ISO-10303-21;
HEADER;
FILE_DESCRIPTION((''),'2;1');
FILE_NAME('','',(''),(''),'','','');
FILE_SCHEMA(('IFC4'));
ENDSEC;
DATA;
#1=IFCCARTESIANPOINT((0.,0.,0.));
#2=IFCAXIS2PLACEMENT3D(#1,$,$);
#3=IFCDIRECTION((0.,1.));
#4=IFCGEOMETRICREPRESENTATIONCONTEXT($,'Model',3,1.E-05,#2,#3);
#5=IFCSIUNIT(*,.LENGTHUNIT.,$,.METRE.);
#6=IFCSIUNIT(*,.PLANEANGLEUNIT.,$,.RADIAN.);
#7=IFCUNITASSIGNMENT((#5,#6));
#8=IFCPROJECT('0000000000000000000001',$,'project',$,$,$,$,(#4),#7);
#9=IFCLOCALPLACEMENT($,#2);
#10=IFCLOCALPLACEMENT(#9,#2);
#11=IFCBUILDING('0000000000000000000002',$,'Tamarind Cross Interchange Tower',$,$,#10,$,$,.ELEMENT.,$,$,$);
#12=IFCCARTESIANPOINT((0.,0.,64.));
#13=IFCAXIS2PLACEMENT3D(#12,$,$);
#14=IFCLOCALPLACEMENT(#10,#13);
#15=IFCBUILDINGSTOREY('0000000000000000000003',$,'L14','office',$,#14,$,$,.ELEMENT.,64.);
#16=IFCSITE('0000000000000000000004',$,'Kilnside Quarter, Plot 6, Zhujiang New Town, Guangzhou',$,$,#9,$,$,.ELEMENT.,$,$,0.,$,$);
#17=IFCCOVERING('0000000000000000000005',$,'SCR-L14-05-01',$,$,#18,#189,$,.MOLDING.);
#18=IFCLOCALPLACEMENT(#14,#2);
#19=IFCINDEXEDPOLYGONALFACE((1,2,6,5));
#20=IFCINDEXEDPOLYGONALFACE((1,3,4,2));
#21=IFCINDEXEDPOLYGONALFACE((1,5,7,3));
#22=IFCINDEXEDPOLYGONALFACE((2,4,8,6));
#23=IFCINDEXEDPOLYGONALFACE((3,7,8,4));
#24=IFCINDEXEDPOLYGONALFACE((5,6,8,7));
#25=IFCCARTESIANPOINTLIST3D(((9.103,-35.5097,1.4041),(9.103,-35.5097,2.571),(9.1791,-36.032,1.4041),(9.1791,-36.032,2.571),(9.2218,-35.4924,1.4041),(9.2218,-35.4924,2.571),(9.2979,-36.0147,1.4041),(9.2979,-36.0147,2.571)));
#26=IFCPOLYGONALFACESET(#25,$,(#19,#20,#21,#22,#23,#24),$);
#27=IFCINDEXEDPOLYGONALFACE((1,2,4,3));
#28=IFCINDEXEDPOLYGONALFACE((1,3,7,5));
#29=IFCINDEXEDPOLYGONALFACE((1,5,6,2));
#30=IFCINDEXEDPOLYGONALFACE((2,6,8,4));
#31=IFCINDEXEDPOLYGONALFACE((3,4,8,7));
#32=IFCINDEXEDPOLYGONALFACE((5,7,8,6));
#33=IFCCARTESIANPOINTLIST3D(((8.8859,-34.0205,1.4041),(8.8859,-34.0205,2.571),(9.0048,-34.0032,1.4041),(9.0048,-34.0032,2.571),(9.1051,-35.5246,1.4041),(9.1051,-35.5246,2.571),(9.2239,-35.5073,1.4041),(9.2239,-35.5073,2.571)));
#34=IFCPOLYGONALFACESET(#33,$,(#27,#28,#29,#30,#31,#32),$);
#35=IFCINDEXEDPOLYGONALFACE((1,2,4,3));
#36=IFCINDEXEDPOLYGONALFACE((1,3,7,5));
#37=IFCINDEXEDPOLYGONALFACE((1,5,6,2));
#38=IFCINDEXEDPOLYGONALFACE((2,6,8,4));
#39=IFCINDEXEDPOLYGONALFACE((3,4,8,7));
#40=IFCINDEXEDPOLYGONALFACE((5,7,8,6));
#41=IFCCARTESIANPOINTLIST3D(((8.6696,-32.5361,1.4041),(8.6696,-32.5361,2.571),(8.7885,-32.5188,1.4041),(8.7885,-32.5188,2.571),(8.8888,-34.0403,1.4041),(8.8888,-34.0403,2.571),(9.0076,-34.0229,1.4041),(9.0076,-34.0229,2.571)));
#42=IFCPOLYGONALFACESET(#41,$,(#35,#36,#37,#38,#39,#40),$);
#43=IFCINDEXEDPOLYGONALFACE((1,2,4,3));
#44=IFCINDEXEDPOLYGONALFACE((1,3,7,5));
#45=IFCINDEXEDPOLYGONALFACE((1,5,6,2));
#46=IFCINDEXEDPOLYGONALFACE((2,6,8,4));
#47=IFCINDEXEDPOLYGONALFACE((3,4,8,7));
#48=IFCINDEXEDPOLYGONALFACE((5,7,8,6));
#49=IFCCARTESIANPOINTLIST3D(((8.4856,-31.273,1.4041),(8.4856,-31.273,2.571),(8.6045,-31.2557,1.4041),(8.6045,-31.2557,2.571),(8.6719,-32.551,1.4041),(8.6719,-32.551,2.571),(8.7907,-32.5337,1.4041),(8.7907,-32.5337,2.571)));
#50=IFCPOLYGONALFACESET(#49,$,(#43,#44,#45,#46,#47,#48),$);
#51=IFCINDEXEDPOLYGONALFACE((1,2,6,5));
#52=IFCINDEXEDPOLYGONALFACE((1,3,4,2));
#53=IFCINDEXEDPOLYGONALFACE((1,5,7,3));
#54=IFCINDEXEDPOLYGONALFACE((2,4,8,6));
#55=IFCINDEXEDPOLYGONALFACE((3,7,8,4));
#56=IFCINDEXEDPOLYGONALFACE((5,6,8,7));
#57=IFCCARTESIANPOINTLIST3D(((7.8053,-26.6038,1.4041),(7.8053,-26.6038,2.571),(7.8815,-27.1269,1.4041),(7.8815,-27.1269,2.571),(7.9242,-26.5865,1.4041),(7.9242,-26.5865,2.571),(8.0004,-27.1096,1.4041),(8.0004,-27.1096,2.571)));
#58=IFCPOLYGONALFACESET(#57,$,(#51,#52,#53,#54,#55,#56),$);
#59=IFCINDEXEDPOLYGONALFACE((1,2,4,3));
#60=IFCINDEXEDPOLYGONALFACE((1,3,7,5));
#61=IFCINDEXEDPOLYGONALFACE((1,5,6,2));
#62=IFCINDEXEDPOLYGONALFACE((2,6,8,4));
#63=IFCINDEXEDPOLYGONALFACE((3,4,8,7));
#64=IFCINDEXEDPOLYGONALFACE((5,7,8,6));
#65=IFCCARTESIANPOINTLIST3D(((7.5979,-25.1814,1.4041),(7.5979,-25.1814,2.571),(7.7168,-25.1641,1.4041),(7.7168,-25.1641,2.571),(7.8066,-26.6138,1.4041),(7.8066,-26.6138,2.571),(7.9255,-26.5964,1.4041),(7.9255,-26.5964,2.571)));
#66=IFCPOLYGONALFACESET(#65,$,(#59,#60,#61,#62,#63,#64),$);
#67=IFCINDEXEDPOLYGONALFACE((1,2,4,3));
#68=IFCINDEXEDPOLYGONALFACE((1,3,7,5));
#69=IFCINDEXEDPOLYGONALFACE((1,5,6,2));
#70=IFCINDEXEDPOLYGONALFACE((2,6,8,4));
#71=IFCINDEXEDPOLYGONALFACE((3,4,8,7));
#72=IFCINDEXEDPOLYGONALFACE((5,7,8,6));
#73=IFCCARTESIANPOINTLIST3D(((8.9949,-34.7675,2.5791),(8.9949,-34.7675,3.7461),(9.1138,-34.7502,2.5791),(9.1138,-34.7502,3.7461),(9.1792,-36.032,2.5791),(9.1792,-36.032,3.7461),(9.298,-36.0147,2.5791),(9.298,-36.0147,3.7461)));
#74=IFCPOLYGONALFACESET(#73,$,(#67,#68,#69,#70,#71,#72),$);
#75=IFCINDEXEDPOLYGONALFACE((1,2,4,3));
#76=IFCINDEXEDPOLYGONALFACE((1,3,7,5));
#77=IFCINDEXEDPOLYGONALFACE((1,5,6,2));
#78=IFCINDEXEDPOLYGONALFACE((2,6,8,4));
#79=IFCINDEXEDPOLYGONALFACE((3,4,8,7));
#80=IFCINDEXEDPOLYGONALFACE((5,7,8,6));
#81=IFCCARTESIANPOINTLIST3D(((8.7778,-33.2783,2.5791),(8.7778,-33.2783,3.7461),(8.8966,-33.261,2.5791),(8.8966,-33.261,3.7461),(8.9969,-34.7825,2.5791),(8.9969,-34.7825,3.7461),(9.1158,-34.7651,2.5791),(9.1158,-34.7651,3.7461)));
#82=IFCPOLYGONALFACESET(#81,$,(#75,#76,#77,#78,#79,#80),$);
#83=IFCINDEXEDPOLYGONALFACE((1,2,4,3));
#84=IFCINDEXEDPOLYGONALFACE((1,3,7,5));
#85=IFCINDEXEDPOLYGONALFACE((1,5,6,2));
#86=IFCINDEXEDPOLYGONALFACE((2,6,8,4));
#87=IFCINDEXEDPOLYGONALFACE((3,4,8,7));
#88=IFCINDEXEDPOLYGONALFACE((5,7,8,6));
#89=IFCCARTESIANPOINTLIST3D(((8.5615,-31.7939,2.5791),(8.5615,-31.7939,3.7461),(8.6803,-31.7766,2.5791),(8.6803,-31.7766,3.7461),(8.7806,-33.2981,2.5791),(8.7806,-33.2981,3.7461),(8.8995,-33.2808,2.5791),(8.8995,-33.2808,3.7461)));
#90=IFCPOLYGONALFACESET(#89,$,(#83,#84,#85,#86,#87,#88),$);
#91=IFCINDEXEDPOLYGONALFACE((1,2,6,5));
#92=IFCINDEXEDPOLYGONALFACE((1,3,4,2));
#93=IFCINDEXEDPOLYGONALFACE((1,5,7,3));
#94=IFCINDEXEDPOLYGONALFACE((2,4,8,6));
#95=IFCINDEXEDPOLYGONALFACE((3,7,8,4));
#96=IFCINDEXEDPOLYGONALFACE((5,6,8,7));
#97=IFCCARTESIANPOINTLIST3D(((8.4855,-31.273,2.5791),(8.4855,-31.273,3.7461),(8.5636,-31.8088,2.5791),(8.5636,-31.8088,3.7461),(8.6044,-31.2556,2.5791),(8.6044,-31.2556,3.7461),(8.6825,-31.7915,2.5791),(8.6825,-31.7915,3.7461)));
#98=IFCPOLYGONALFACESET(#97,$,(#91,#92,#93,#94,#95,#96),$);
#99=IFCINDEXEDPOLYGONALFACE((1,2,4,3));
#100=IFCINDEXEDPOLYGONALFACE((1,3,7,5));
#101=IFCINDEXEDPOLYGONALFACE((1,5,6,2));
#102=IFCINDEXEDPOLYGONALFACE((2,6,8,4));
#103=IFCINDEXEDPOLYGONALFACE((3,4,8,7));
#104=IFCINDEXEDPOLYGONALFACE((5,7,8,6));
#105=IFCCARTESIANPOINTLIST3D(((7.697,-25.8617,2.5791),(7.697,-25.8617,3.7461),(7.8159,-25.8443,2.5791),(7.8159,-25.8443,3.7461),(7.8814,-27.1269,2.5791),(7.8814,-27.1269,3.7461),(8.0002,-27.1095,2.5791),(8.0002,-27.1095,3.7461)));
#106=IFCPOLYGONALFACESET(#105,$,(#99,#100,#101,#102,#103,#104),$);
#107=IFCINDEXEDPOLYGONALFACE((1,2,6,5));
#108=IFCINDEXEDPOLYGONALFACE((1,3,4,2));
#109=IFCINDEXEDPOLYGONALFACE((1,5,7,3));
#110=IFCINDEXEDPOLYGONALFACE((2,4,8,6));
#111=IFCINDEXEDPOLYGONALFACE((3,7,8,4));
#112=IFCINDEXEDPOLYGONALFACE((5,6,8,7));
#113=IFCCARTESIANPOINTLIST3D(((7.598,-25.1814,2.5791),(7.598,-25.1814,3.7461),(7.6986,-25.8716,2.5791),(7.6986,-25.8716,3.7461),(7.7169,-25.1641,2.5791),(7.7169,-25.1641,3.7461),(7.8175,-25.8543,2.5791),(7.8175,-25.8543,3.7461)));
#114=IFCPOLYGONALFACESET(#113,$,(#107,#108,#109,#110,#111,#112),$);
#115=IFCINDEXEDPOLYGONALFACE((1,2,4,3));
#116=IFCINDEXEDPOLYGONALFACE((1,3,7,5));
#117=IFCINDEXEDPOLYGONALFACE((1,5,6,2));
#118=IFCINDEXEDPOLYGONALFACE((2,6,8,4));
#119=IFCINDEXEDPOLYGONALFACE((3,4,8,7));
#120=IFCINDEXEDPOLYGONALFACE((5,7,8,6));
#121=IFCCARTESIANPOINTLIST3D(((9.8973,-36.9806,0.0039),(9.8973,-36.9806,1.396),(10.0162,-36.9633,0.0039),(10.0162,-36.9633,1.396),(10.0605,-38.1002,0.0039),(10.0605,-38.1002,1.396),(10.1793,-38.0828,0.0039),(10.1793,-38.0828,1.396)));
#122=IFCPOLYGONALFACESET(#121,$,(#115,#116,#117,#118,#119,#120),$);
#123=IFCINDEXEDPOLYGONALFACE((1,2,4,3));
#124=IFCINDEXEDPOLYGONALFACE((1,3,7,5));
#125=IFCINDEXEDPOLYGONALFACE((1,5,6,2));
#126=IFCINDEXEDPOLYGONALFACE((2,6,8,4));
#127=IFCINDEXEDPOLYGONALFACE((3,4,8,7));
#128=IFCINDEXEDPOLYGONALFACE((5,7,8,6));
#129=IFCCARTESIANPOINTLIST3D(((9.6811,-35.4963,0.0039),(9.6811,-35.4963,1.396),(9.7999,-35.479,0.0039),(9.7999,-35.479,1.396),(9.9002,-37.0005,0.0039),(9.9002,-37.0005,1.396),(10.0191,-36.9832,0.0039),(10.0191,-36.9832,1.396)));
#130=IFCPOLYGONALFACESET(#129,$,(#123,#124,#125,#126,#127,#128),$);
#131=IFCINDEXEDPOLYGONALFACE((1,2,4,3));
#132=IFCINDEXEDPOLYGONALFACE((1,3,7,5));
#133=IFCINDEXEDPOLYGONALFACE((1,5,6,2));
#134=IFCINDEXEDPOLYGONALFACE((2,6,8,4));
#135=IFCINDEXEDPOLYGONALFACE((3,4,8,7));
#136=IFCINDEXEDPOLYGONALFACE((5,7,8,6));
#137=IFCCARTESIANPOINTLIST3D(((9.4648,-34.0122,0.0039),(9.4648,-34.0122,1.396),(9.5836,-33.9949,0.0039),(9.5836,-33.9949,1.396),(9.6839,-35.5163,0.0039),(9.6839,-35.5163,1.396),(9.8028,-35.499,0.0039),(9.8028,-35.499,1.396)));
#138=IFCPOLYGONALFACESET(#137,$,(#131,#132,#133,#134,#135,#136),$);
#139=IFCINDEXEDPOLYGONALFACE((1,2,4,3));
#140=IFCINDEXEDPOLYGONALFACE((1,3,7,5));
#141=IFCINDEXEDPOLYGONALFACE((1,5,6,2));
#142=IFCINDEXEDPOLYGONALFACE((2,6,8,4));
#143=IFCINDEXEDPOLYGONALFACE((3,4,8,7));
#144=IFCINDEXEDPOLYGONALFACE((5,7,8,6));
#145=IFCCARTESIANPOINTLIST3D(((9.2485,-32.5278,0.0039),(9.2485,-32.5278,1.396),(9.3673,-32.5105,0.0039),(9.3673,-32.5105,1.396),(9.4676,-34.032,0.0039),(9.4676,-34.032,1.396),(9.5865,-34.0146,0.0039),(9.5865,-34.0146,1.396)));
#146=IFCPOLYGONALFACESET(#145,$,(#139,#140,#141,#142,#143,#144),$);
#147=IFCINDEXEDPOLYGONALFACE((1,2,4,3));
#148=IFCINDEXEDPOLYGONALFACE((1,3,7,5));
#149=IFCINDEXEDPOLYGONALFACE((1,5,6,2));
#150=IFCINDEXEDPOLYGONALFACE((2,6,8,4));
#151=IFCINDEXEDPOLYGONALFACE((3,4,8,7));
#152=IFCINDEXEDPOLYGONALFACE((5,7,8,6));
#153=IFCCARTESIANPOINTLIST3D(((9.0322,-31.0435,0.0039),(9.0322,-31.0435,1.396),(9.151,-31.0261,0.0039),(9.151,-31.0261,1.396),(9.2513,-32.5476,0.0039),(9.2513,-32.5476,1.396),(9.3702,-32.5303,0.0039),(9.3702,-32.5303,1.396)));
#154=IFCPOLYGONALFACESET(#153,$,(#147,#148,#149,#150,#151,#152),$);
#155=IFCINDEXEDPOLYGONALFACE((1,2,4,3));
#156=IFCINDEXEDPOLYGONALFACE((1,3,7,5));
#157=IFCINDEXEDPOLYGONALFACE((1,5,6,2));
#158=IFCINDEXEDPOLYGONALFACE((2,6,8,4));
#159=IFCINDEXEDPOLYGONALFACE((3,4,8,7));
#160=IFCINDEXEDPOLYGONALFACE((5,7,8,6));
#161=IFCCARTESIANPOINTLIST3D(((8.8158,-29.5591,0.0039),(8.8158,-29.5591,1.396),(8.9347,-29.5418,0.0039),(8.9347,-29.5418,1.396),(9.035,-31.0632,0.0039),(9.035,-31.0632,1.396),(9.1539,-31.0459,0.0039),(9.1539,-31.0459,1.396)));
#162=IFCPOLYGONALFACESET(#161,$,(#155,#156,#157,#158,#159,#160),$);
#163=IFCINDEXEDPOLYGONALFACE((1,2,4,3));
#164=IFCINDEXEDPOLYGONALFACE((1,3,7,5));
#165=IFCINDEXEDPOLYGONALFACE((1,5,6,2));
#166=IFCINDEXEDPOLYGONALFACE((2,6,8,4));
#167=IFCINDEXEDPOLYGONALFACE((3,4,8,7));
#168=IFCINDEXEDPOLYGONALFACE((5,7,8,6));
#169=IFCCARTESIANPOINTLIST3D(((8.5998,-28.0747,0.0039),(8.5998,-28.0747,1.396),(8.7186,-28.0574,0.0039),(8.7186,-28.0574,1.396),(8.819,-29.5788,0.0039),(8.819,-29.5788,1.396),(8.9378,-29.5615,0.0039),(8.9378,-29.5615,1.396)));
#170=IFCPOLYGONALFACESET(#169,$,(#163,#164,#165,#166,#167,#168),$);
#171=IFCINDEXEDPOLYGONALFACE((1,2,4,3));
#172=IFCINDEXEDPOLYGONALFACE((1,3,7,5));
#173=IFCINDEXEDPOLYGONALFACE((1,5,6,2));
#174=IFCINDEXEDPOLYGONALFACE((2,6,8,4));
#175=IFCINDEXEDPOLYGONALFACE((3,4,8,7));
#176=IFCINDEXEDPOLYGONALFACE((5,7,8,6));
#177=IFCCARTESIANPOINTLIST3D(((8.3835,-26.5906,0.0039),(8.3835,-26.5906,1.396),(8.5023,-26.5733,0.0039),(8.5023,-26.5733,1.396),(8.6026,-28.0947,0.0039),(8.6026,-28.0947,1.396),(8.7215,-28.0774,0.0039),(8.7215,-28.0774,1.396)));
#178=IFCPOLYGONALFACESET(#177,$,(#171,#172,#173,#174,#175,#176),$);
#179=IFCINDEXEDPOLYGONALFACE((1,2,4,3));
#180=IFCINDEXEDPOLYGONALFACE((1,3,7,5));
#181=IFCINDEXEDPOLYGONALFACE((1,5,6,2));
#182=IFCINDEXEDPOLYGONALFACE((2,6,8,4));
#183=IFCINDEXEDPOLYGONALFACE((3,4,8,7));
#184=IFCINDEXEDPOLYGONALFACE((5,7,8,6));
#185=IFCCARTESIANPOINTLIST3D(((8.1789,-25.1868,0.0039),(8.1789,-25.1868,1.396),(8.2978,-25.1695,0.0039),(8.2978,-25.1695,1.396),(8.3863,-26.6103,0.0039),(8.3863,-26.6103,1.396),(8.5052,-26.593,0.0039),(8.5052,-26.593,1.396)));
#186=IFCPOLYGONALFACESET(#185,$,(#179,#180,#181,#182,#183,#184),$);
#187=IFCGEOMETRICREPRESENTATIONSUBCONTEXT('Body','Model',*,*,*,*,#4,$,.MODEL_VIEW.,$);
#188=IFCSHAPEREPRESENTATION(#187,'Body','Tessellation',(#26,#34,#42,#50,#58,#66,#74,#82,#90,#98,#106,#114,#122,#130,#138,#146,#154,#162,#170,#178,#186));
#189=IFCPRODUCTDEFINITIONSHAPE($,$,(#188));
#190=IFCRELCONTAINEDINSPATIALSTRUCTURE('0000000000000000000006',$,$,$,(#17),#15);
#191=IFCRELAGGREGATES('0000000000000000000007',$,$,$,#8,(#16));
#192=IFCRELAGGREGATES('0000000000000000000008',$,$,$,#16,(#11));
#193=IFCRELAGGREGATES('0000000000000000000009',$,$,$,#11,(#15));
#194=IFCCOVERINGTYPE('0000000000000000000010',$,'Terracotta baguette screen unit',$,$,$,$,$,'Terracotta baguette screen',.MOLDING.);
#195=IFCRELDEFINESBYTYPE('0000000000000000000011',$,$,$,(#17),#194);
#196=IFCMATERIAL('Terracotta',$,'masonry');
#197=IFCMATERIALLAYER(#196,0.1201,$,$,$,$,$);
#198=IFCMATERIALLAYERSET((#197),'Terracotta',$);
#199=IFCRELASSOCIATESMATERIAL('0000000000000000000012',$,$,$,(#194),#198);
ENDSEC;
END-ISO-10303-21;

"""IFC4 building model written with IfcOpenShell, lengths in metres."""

from ifc_helpers import new_model, si_unit, direction, frame, origin, origin_2d, place, context, subcontext, project, spatial, rectangle, extrude, material, layer, layer_set, type_object, element, save


model = new_model("IFC4")

# Units and contexts
model_context = context("Model", 3, precision=1e-05, world=origin(), true_north=direction((0.0, 1.0)))
body_context = subcontext(model_context, "Body", "Model", "MODEL_VIEW")
ifc_project = project(units=[si_unit("LENGTHUNIT", "METRE"), si_unit("PLANEANGLEUNIT", "RADIAN")], contexts=[model_context])

# Site, building, storey
site_placement = place(None, origin())
site = spatial("IfcSite", under=ifc_project, at=site_placement, Name="Kilnside Quarter, Plot 6, Zhujiang New Town, Guangzhou", CompositionType="ELEMENT", RefElevation=0.0)
building_placement = place(site_placement, origin())
building = spatial("IfcBuilding", under=site, at=building_placement, Name="Tamarind Cross Interchange Tower", CompositionType="ELEMENT")
storey_placement = place(building_placement, frame((0.0, 0.0, 64.0)))
storey = spatial("IfcBuildingStorey", under=building, at=storey_placement, Name="L14", Description="office", CompositionType="ELEMENT", Elevation=64.0)

# Covering
ifc_material_1 = material(Name="Terracotta", Category="masonry")
ifc_layer_1 = layer(ifc_material_1, 0.1201)
ifc_layer_set_1 = layer_set([ifc_layer_1], Name="Terracotta")
covering_type = type_object("IfcCoveringType", Name="Terracotta baguette screen unit", ElementType="Terracotta baguette screen", PredefinedType="MOLDING", material=ifc_layer_set_1)
covering_1_placement = place(storey_placement, origin())
element("IfcCovering", 1, at=covering_1_placement, inside=storey, type_object=covering_type, Name="SCR-L14-05-01", PredefinedType="MOLDING", context=body_context, shape_type="SweptSolid", body=[
    extrude(rectangle(XDim=0.5278, YDim=0.1201, at=origin_2d()), frame((9.2004, -35.7622, 1.4041), z_axis=(0.0, 0.0, 1.0), x_axis=(-0.144187, 0.98955, 0.0)), (0.0, 0.0, 1.0), 1.167),
    extrude(rectangle(XDim=1.52, YDim=0.1201, at=origin_2d()), frame((9.0549, -34.7639, 1.4041), z_axis=(0.0, 0.0, 1.0), x_axis=(-0.144187, 0.98955, 0.0)), (0.0, 0.0, 1.0), 1.167),
    extrude(rectangle(XDim=1.52, YDim=0.1201, at=origin_2d()), frame((8.8386, -33.2795, 1.4041), z_axis=(0.0, 0.0, 1.0), x_axis=(-0.144187, 0.98955, 0.0)), (0.0, 0.0, 1.0), 1.167),
    extrude(rectangle(XDim=1.2915, YDim=0.1201, at=origin_2d()), frame((8.6382, -31.9033, 1.4041), z_axis=(0.0, 0.0, 1.0), x_axis=(-0.144187, 0.98955, 0.0)), (0.0, 0.0, 1.0), 1.167),
    extrude(rectangle(XDim=0.5286, YDim=0.1201, at=origin_2d()), frame((7.9028, -26.8567, 1.4041), z_axis=(0.0, 0.0, 1.0), x_axis=(-0.144187, 0.98955, 0.0)), (0.0, 0.0, 1.0), 1.167),
    extrude(rectangle(XDim=1.4475, YDim=0.1201, at=origin_2d()), frame((7.7617, -25.8889, 1.4041), z_axis=(0.0, 0.0, 1.0), x_axis=(-0.144187, 0.98955, 0.0)), (0.0, 0.0, 1.0), 1.167),
    extrude(rectangle(XDim=1.2778, YDim=0.1201, at=origin_2d()), frame((9.1465, -35.3911, 2.5791), z_axis=(0.0, 0.0, 1.0), x_axis=(-0.144187, 0.98955, 0.0)), (0.0, 0.0, 1.0), 1.167),
    extrude(rectangle(XDim=1.52, YDim=0.1201, at=origin_2d()), frame((8.9468, -34.0217, 2.5791), z_axis=(0.0, 0.0, 1.0), x_axis=(-0.144187, 0.98955, 0.0)), (0.0, 0.0, 1.0), 1.167),
    extrude(rectangle(XDim=1.52, YDim=0.1201, at=origin_2d()), frame((8.7305, -32.5374, 2.5791), z_axis=(0.0, 0.0, 1.0), x_axis=(-0.144187, 0.98955, 0.0)), (0.0, 0.0, 1.0), 1.167),
    extrude(rectangle(XDim=0.5415, YDim=0.1201, at=origin_2d()), frame((8.584, -31.5322, 2.5791), z_axis=(0.0, 0.0, 1.0), x_axis=(-0.144187, 0.98955, 0.0)), (0.0, 0.0, 1.0), 1.167),
    extrude(rectangle(XDim=1.2786, YDim=0.1201, at=origin_2d()), frame((7.8486, -26.4856, 2.5791), z_axis=(0.0, 0.0, 1.0), x_axis=(-0.144187, 0.98955, 0.0)), (0.0, 0.0, 1.0), 1.167),
    extrude(rectangle(XDim=0.6975, YDim=0.1201, at=origin_2d()), frame((7.7078, -25.5178, 2.5791), z_axis=(0.0, 0.0, 1.0), x_axis=(-0.144187, 0.98955, 0.0)), (0.0, 0.0, 1.0), 1.167),
    extrude(rectangle(XDim=1.1313, YDim=0.1201, at=origin_2d()), frame((10.0383, -37.5317, 0.0039), z_axis=(0.0, 0.0, 1.0), x_axis=(-0.144187, 0.98955, 0.0)), (0.0, 0.0, 1.0), 1.3921),
    extrude(rectangle(XDim=1.52, YDim=0.1201, at=origin_2d()), frame((9.8501, -36.2397, 0.0039), z_axis=(0.0, 0.0, 1.0), x_axis=(-0.144187, 0.98955, 0.0)), (0.0, 0.0, 1.0), 1.3921),
    extrude(rectangle(XDim=1.52, YDim=0.1201, at=origin_2d()), frame((9.6338, -34.7556, 0.0039), z_axis=(0.0, 0.0, 1.0), x_axis=(-0.144187, 0.98955, 0.0)), (0.0, 0.0, 1.0), 1.3921),
    extrude(rectangle(XDim=1.52, YDim=0.1201, at=origin_2d()), frame((9.4175, -33.2712, 0.0039), z_axis=(0.0, 0.0, 1.0), x_axis=(-0.144187, 0.98955, 0.0)), (0.0, 0.0, 1.0), 1.3921),
    extrude(rectangle(XDim=1.52, YDim=0.1201, at=origin_2d()), frame((9.2012, -31.7869, 0.0039), z_axis=(0.0, 0.0, 1.0), x_axis=(-0.144187, 0.98955, 0.0)), (0.0, 0.0, 1.0), 1.3921),
    extrude(rectangle(XDim=1.52, YDim=0.1201, at=origin_2d()), frame((8.9849, -30.3025, 0.0039), z_axis=(0.0, 0.0, 1.0), x_axis=(-0.144187, 0.98955, 0.0)), (0.0, 0.0, 1.0), 1.3921),
    extrude(rectangle(XDim=1.52, YDim=0.1201, at=origin_2d()), frame((8.7688, -28.8181, 0.0039), z_axis=(0.0, 0.0, 1.0), x_axis=(-0.144187, 0.98955, 0.0)), (0.0, 0.0, 1.0), 1.3921),
    extrude(rectangle(XDim=1.52, YDim=0.1201, at=origin_2d()), frame((8.5525, -27.334, 0.0039), z_axis=(0.0, 0.0, 1.0), x_axis=(-0.144187, 0.98955, 0.0)), (0.0, 0.0, 1.0), 1.3921),
    extrude(rectangle(XDim=1.4385, YDim=0.1201, at=origin_2d()), frame((8.342, -25.8899, 0.0039), z_axis=(0.0, 0.0, 1.0), x_axis=(-0.144187, 0.98955, 0.0)), (0.0, 0.0, 1.0), 1.3921),
])

save(model, "model.ifc")
